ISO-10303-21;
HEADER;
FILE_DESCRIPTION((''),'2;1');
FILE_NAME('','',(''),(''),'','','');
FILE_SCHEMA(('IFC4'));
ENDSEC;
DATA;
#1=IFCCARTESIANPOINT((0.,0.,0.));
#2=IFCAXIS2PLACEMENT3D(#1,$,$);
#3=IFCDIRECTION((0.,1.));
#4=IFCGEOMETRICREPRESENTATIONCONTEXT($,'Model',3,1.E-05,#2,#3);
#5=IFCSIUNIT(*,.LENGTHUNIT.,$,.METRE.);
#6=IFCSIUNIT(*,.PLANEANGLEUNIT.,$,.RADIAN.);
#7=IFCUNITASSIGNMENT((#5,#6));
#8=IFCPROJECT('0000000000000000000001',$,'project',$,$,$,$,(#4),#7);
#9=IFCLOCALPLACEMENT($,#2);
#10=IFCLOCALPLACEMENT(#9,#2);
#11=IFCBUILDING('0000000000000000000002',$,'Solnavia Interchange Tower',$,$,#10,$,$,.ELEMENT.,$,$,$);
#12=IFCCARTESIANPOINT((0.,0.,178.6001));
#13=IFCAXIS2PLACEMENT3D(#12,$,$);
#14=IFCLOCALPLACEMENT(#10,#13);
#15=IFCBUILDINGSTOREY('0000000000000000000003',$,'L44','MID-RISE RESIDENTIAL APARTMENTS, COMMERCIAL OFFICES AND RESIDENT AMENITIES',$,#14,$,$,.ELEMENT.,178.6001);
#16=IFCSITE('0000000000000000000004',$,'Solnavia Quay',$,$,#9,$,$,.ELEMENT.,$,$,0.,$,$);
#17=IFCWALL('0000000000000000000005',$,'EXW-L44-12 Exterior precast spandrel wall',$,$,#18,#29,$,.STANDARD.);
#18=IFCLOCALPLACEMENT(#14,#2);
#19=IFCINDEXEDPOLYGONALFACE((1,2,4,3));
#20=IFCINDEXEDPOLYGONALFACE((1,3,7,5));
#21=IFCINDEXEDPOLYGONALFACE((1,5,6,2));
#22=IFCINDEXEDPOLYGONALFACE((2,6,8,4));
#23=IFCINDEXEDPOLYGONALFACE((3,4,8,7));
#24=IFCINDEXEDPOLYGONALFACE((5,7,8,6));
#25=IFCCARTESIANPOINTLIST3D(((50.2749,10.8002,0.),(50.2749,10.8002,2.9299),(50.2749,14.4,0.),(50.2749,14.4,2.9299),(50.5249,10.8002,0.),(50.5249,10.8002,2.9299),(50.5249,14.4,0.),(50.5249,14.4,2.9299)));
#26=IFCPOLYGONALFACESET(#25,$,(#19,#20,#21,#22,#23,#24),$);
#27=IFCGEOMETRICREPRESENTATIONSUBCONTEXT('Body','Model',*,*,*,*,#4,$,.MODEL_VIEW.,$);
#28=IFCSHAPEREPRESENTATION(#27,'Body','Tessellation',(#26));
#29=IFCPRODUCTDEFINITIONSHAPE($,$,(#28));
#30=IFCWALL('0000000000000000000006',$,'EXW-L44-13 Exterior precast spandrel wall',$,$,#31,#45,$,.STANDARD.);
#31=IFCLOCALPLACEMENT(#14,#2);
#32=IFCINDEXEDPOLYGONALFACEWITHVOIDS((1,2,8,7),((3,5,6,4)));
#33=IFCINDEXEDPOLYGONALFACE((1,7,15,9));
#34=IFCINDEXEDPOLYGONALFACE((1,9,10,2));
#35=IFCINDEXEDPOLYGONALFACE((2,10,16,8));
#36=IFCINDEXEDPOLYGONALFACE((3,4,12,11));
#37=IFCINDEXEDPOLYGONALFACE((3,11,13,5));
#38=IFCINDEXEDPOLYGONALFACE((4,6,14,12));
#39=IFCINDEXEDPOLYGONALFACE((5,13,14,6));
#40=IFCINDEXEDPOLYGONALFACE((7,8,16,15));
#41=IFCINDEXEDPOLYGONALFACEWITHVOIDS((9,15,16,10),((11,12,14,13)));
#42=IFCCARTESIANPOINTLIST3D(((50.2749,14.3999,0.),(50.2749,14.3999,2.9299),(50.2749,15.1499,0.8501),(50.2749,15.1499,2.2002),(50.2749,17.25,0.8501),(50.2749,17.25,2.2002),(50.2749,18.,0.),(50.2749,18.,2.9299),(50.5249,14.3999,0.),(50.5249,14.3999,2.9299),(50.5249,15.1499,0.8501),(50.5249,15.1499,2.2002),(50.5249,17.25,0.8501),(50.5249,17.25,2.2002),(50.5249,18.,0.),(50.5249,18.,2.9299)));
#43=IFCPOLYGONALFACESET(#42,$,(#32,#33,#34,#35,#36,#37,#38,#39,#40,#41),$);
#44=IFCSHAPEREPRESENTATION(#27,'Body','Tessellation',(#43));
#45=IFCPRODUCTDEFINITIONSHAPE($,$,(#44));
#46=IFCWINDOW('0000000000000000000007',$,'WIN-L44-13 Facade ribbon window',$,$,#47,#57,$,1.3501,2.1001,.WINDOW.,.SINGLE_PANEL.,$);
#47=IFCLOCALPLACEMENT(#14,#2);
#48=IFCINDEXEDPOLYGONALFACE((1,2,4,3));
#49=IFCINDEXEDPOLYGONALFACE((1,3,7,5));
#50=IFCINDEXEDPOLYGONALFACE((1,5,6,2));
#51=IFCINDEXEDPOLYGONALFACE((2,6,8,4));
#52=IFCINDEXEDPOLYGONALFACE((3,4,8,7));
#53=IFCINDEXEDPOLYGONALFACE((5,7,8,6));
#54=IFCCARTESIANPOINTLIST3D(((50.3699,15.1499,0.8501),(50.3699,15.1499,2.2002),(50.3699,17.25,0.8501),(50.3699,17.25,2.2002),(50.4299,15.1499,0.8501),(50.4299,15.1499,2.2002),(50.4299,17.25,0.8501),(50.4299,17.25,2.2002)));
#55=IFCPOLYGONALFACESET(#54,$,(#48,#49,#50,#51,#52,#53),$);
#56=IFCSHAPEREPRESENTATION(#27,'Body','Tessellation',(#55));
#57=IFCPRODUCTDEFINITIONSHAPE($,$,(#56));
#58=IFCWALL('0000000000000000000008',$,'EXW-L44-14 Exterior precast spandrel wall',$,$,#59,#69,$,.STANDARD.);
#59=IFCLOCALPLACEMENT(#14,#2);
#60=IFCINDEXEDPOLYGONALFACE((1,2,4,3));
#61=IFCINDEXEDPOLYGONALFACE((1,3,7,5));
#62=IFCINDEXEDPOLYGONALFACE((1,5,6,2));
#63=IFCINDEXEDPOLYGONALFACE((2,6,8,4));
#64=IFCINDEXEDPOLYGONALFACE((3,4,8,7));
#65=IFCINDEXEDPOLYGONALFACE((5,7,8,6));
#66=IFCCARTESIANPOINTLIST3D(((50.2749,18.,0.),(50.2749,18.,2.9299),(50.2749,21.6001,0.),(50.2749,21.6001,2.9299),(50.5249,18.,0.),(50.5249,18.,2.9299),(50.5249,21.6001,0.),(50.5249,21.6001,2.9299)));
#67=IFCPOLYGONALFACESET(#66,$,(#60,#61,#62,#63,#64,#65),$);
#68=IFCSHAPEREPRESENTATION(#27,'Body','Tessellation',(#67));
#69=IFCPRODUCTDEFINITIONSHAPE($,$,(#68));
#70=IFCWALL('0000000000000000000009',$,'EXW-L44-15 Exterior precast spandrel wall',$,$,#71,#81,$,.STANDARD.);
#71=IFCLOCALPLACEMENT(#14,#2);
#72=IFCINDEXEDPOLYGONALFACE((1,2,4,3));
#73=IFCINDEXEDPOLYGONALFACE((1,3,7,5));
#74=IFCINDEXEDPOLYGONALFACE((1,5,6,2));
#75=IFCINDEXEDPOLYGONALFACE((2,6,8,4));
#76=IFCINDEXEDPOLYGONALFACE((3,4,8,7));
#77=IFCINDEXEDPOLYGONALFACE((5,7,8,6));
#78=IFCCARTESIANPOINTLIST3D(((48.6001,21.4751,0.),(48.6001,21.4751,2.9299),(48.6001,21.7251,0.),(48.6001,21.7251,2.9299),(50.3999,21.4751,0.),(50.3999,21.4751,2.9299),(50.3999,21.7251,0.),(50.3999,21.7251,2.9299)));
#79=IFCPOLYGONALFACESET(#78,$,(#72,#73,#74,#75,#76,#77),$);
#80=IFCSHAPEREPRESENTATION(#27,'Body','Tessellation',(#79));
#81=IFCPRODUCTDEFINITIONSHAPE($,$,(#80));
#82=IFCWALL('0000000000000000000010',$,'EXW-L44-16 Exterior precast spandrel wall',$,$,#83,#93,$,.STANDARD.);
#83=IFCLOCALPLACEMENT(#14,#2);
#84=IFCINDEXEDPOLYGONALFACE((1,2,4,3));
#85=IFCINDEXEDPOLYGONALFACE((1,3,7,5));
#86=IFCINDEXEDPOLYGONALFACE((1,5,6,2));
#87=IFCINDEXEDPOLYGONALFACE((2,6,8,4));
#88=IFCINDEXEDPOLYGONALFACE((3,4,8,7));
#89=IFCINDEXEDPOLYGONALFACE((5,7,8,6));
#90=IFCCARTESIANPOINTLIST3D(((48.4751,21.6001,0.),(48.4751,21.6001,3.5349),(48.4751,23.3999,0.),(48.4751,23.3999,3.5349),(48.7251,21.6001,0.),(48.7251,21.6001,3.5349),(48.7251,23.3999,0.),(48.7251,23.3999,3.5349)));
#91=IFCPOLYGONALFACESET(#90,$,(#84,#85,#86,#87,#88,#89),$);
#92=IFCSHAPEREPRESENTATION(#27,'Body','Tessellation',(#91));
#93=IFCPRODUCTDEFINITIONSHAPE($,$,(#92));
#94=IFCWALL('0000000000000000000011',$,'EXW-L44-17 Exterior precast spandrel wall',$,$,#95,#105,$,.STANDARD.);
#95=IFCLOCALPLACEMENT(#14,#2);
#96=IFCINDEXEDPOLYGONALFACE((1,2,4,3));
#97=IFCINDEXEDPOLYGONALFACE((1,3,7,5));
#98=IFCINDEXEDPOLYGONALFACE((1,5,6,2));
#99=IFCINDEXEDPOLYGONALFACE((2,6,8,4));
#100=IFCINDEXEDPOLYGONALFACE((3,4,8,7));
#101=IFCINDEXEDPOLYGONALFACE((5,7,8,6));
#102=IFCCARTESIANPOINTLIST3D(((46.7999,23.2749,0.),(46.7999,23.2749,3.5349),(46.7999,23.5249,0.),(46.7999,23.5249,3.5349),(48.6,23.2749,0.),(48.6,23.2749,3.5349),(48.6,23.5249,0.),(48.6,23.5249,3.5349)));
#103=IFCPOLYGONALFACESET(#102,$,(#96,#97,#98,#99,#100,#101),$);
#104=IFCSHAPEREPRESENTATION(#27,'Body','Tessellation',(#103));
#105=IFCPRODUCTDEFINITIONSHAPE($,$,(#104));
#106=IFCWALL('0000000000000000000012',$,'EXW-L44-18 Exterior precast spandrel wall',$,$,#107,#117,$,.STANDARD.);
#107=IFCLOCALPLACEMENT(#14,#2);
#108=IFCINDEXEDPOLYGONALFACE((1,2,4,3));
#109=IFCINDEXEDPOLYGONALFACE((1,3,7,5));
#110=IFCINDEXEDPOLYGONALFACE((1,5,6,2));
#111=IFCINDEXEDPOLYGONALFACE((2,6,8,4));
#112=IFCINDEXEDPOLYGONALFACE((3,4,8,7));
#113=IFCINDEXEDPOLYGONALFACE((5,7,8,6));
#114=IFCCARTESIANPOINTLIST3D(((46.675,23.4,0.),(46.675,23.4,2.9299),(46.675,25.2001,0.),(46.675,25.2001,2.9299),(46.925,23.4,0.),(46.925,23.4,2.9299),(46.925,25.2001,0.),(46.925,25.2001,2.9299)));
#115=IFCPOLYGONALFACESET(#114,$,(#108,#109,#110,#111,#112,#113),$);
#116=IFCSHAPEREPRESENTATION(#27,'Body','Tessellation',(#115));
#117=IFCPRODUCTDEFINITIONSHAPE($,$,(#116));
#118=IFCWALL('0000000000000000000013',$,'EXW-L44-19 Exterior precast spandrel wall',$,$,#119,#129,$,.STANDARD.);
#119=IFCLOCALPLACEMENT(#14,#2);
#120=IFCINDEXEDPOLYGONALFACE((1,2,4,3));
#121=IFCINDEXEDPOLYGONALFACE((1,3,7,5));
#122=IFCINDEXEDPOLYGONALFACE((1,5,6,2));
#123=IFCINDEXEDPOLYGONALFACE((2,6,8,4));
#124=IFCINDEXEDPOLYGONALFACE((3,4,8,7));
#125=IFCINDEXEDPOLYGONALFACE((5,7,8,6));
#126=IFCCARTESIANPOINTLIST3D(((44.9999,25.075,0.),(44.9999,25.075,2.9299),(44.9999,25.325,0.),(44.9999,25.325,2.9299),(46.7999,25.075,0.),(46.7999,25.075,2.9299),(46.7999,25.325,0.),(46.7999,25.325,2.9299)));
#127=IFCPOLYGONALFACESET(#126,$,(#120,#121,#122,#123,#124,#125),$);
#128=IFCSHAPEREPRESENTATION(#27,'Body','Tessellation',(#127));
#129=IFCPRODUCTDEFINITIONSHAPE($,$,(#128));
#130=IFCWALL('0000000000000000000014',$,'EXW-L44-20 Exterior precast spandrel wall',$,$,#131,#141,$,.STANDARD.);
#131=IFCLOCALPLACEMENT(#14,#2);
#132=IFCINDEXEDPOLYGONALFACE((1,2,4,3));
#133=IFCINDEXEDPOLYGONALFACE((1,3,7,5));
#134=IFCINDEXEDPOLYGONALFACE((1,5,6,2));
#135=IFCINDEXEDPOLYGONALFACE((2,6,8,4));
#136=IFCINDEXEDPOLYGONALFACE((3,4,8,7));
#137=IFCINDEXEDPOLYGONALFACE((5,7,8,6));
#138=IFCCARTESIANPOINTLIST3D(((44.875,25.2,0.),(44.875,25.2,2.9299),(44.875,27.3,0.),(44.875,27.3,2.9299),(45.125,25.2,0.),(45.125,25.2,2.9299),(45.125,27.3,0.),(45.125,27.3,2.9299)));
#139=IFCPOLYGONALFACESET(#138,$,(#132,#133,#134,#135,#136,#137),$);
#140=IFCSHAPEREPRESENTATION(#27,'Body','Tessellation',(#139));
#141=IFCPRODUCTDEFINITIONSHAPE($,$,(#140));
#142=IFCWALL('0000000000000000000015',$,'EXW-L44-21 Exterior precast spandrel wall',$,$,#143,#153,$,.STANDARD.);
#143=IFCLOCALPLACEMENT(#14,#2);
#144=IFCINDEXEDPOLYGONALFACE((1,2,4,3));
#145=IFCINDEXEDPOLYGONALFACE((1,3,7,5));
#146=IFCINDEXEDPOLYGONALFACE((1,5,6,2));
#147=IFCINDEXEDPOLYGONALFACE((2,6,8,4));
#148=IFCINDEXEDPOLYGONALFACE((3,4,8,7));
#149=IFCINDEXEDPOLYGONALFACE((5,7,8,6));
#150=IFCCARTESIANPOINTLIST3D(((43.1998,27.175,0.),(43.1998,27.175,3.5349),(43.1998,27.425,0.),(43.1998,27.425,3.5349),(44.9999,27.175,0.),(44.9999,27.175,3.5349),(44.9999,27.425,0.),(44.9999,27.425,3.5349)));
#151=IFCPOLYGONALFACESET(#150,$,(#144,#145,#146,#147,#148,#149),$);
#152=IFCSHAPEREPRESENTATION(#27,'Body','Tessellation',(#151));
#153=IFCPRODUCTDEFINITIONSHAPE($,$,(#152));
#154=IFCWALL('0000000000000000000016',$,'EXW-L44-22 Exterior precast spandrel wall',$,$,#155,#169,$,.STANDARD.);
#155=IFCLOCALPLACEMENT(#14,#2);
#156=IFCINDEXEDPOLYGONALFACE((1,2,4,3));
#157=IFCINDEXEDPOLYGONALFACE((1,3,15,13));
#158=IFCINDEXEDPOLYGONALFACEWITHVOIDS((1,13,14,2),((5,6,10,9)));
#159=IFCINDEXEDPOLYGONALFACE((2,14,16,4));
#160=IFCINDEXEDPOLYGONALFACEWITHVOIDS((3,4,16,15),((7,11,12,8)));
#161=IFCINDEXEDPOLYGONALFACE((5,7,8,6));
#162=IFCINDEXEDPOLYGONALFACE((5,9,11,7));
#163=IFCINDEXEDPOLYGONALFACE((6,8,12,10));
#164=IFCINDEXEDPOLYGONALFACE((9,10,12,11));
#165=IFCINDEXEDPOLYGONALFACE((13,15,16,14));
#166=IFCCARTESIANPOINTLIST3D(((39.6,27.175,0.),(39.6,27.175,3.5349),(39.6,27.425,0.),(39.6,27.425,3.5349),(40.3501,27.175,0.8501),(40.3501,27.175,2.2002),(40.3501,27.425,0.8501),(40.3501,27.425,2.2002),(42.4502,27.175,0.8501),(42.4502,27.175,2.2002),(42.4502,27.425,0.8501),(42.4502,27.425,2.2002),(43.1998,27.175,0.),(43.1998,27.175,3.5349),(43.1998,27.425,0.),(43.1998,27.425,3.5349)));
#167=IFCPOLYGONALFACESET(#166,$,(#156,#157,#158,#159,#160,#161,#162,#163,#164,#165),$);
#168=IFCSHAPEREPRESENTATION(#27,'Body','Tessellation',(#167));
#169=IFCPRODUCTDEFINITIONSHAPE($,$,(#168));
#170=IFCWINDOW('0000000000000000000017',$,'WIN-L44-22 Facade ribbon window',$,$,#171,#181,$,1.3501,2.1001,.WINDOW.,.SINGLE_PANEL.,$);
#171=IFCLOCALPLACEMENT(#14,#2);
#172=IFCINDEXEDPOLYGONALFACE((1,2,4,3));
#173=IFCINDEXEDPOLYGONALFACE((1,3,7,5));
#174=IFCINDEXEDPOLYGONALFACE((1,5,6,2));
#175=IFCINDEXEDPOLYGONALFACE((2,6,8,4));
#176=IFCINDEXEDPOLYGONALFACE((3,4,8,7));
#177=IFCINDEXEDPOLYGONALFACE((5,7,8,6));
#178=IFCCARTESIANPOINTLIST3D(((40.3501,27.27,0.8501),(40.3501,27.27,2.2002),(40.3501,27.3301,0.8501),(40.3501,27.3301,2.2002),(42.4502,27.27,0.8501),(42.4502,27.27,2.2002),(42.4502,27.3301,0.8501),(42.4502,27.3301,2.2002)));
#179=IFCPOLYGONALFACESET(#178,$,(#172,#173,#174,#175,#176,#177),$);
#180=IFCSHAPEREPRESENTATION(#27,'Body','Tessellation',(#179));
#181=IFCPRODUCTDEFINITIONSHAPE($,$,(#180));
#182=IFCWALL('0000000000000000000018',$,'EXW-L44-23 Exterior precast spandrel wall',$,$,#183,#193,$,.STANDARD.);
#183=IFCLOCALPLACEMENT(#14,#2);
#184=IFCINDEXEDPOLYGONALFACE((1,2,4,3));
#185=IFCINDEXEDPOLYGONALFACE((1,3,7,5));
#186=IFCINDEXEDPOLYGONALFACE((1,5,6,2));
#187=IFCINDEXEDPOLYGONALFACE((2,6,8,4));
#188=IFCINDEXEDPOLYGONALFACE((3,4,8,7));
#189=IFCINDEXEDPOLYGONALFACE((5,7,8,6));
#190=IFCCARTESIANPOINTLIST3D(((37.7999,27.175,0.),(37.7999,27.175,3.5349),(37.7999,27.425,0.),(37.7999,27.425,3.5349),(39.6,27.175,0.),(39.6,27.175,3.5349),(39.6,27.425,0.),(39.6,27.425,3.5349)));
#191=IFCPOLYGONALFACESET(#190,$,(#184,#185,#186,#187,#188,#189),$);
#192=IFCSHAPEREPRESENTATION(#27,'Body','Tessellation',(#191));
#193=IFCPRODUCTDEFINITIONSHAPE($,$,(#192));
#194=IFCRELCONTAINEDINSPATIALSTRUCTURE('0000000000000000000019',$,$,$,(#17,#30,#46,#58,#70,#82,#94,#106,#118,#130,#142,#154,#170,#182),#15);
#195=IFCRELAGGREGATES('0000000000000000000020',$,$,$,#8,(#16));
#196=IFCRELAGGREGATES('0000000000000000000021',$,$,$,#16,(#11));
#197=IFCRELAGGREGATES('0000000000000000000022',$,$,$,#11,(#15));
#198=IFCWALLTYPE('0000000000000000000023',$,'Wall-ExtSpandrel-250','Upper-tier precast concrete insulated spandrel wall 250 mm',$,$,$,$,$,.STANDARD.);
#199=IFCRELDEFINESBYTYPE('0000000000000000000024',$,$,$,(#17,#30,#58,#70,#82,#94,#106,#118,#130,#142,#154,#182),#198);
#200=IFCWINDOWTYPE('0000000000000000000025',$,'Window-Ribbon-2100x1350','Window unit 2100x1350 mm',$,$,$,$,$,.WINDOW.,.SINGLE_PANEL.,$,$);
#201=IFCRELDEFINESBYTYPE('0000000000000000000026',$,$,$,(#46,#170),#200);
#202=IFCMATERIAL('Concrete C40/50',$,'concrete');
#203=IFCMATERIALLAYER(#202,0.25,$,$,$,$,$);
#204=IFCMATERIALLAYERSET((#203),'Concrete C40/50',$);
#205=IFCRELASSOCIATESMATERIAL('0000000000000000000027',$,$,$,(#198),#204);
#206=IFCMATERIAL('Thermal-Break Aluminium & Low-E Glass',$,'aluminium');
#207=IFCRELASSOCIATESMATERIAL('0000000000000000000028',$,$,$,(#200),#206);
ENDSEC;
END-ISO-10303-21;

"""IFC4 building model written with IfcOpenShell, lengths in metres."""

from ifc_helpers import new_model, si_unit, direction, frame, frame_2d, origin, place, context, subcontext, project, spatial, rectangle, extrude, material, layer, layer_set, type_object, element, fill, save


model = new_model("IFC4")

# Units and contexts
model_context = context("Model", 3, precision=1e-05, world=origin(), true_north=direction((0.0, 1.0)))
body_context = subcontext(model_context, "Body", "Model", "MODEL_VIEW")
ifc_project = project(units=[si_unit("LENGTHUNIT", "METRE"), si_unit("PLANEANGLEUNIT", "RADIAN")], contexts=[model_context])

# Site, building, storey
site_placement = place(None, origin())
site = spatial("IfcSite", under=ifc_project, at=site_placement, Name="Solnavia Quay", CompositionType="ELEMENT", RefElevation=0.0)
building_placement = place(site_placement, origin())
building = spatial("IfcBuilding", under=site, at=building_placement, Name="Solnavia Interchange Tower", CompositionType="ELEMENT")
storey_placement = place(building_placement, frame((0.0, 0.0, 178.6001)))
storey = spatial("IfcBuildingStorey", under=building, at=storey_placement, Name="L44", Description="MID-RISE RESIDENTIAL APARTMENTS, COMMERCIAL OFFICES AND RESIDENT AMENITIES", CompositionType="ELEMENT", Elevation=178.6001)

# Wall
ifc_material_1 = material(Name="Concrete C40/50", Category="concrete")
ifc_layer_1 = layer(ifc_material_1, 0.25)
ifc_layer_set_1 = layer_set([ifc_layer_1], Name="Concrete C40/50")
wall_type_1 = type_object("IfcWallType", Name="Wall-ExtSpandrel-250", Description="Upper-tier precast concrete insulated spandrel wall 250 mm", PredefinedType="STANDARD", material=ifc_layer_set_1)
wall_1_placement = place(storey_placement, frame((50.3999, 14.3999, 0.0), z_axis=(0.0, 0.0, 1.0), x_axis=(0.0, -1.0, 0.0)))
element("IfcWall", 1, at=wall_1_placement, inside=storey, type_object=wall_type_1, Name="EXW-L44-12 Exterior precast spandrel wall", PredefinedType="STANDARD", context=body_context, shape_type="SweptSolid", body=[
    extrude(rectangle(XDim=3.5999, YDim=0.25, at=frame_2d((1.7998, 0.0))), origin(), (0.0, 0.0, 1.0), 2.9299),
])

# Wall, opening, window
wall_2_placement = place(storey_placement, frame((50.3999, 18.0, 0.0), z_axis=(0.0, 0.0, 1.0), x_axis=(0.0, -1.0, 0.0)))
wall_2 = element("IfcWall", 2, at=wall_2_placement, inside=storey, type_object=wall_type_1, Name="EXW-L44-13 Exterior precast spandrel wall", PredefinedType="STANDARD", context=body_context, shape_type="SweptSolid", body=[
    extrude(rectangle(XDim=3.6001, YDim=0.25, at=frame_2d((1.8, 0.0))), origin(), (0.0, 0.0, 1.0), 2.9299),
])
opening_1_placement = place(wall_2_placement, frame((0.75, 0.0, 0.8501)))
opening_1 = element("IfcOpeningElement", 3, at=opening_1_placement, cuts=wall_2, PredefinedType="OPENING", context=body_context, shape_type="SweptSolid", body=[
    extrude(rectangle(XDim=2.1001, YDim=1.3501, at=frame_2d((1.05, 0.675))), frame((0.0, 0.135, 0.0), z_axis=(0.0, -1.0, 0.0), x_axis=(1.0, 0.0, 0.0)), (0.0, 0.0, 1.0), 0.27),
])
ifc_material_2 = material(Name="Thermal-Break Aluminium & Low-E Glass", Category="aluminium")
window_type = type_object("IfcWindowType", Name="Window-Ribbon-2100x1350", Description="Window unit 2100x1350 mm", PartitioningType="SINGLE_PANEL", PredefinedType="WINDOW", material=ifc_material_2)
window_1_placement = place(opening_1_placement, origin())
window_1 = element("IfcWindow", 4, at=window_1_placement, inside=storey, type_object=window_type, Name="WIN-L44-13 Facade ribbon window", OverallHeight=1.3501, OverallWidth=2.1001, PartitioningType="SINGLE_PANEL", PredefinedType="WINDOW", context=body_context, shape_type="SweptSolid", body=[
    extrude(rectangle(XDim=2.1001, YDim=1.3501, at=frame_2d((1.05, 0.675))), frame((0.0, 0.03, 0.0), z_axis=(0.0, -1.0, 0.0), x_axis=(1.0, 0.0, 0.0)), (0.0, 0.0, 1.0), 0.0601),
])
fill(opening_1, window_1)

# Walls
wall_3_placement = place(storey_placement, frame((50.3999, 21.6001, 0.0), z_axis=(0.0, 0.0, 1.0), x_axis=(0.0, -1.0, 0.0)))
element("IfcWall", 5, at=wall_3_placement, inside=storey, type_object=wall_type_1, Name="EXW-L44-14 Exterior precast spandrel wall", PredefinedType="STANDARD", context=body_context, shape_type="SweptSolid", body=[
    extrude(rectangle(XDim=3.6001, YDim=0.25, at=frame_2d((1.8, 0.0))), origin(), (0.0, 0.0, 1.0), 2.9299),
])
wall_4_placement = place(storey_placement, frame((48.6001, 21.6001, 0.0), z_axis=(0.0, 0.0, 1.0), x_axis=(1.0, 0.0, 0.0)))
element("IfcWall", 6, at=wall_4_placement, inside=storey, type_object=wall_type_1, Name="EXW-L44-15 Exterior precast spandrel wall", PredefinedType="STANDARD", context=body_context, shape_type="SweptSolid", body=[
    extrude(rectangle(XDim=1.7998, YDim=0.25, at=frame_2d((0.8999, 0.0))), origin(), (0.0, 0.0, 1.0), 2.9299),
])
wall_5_placement = place(storey_placement, frame((48.6001, 23.3999, 0.0), z_axis=(0.0, 0.0, 1.0), x_axis=(0.0, -1.0, 0.0)))
element("IfcWall", 7, at=wall_5_placement, inside=storey, type_object=wall_type_1, Name="EXW-L44-16 Exterior precast spandrel wall", PredefinedType="STANDARD", context=body_context, shape_type="SweptSolid", body=[
    extrude(rectangle(XDim=1.7998, YDim=0.25, at=frame_2d((0.8999, 0.0))), origin(), (0.0, 0.0, 1.0), 3.5349),
])
wall_6_placement = place(storey_placement, frame((46.8, 23.3999, 0.0), z_axis=(0.0, 0.0, 1.0), x_axis=(1.0, 0.0, 0.0)))
element("IfcWall", 8, at=wall_6_placement, inside=storey, type_object=wall_type_1, Name="EXW-L44-17 Exterior precast spandrel wall", PredefinedType="STANDARD", context=body_context, shape_type="SweptSolid", body=[
    extrude(rectangle(XDim=1.8, YDim=0.25, at=frame_2d((0.8999, 0.0))), origin(), (0.0, 0.0, 1.0), 3.5349),
])
for number, where, z_axis, x_axis, name in (
    (9, (46.8, 25.2, 0.0), (0.0, 0.0, 1.0), (0.0, -1.0, 0.0), "EXW-L44-18 Exterior precast spandrel wall"),
    (10, (45.0, 25.2, 0.0), (0.0, 0.0, 1.0), (1.0, 0.0, 0.0), "EXW-L44-19 Exterior precast spandrel wall"),
):
    element("IfcWall", number, at=place(storey_placement, frame(where, z_axis=z_axis, x_axis=x_axis)), inside=storey, type_object=wall_type_1, Name=name, PredefinedType="STANDARD", context=body_context, shape_type="SweptSolid", body=[
        extrude(rectangle(XDim=1.8, YDim=0.25, at=frame_2d((0.8999, 0.0))), origin(), (0.0, 0.0, 1.0), 2.9299),
    ])
wall_7_placement = place(storey_placement, frame((45.0, 27.3, 0.0), z_axis=(0.0, 0.0, 1.0), x_axis=(0.0, -1.0, 0.0)))
element("IfcWall", 11, at=wall_7_placement, inside=storey, type_object=wall_type_1, Name="EXW-L44-20 Exterior precast spandrel wall", PredefinedType="STANDARD", context=body_context, shape_type="SweptSolid", body=[
    extrude(rectangle(XDim=2.1001, YDim=0.25, at=frame_2d((1.05, 0.0))), origin(), (0.0, 0.0, 1.0), 2.9299),
])
wall_8_placement = place(storey_placement, frame((43.2, 27.3, 0.0), z_axis=(0.0, 0.0, 1.0), x_axis=(1.0, 0.0, 0.0)))
element("IfcWall", 12, at=wall_8_placement, inside=storey, type_object=wall_type_1, Name="EXW-L44-21 Exterior precast spandrel wall", PredefinedType="STANDARD", context=body_context, shape_type="SweptSolid", body=[
    extrude(rectangle(XDim=1.8, YDim=0.25, at=frame_2d((0.8999, 0.0))), origin(), (0.0, 0.0, 1.0), 3.5349),
])

# Wall, opening, window
wall_9_placement = place(storey_placement, frame((39.6001, 27.3, 0.0), z_axis=(0.0, 0.0, 1.0), x_axis=(1.0, 0.0, 0.0)))
wall_9 = element("IfcWall", 13, at=wall_9_placement, inside=storey, type_object=wall_type_1, Name="EXW-L44-22 Exterior precast spandrel wall", PredefinedType="STANDARD", context=body_context, shape_type="SweptSolid", body=[
    extrude(rectangle(XDim=3.5999, YDim=0.25, at=frame_2d((1.7998, 0.0))), origin(), (0.0, 0.0, 1.0), 3.5349),
])
opening_2_placement = place(wall_9_placement, frame((0.75, 0.0, 0.8501)))
opening_2 = element("IfcOpeningElement", 14, at=opening_2_placement, cuts=wall_9, PredefinedType="OPENING", context=body_context, shape_type="SweptSolid", body=[
    extrude(rectangle(XDim=2.1001, YDim=1.3501, at=frame_2d((1.05, 0.675))), frame((0.0, 0.135, 0.0), z_axis=(0.0, -1.0, 0.0), x_axis=(1.0, 0.0, 0.0)), (0.0, 0.0, 1.0), 0.27),
])
window_2_placement = place(opening_2_placement, origin())
window_2 = element("IfcWindow", 15, at=window_2_placement, inside=storey, type_object=window_type, Name="WIN-L44-22 Facade ribbon window", OverallHeight=1.3501, OverallWidth=2.1001, PartitioningType="SINGLE_PANEL", PredefinedType="WINDOW", context=body_context, shape_type="SweptSolid", body=[
    extrude(rectangle(XDim=2.1001, YDim=1.3501, at=frame_2d((1.05, 0.675))), frame((0.0, 0.03, 0.0), z_axis=(0.0, -1.0, 0.0), x_axis=(1.0, 0.0, 0.0)), (0.0, 0.0, 1.0), 0.0601),
])
fill(opening_2, window_2)

# Wall
wall_10_placement = place(storey_placement, frame((37.8, 27.3, 0.0), z_axis=(0.0, 0.0, 1.0), x_axis=(1.0, 0.0, 0.0)))
element("IfcWall", 16, at=wall_10_placement, inside=storey, type_object=wall_type_1, Name="EXW-L44-23 Exterior precast spandrel wall", PredefinedType="STANDARD", context=body_context, shape_type="SweptSolid", body=[
    extrude(rectangle(XDim=1.8, YDim=0.25, at=frame_2d((0.8999, 0.0))), origin(), (0.0, 0.0, 1.0), 3.5349),
])

save(model, "model.ifc")
